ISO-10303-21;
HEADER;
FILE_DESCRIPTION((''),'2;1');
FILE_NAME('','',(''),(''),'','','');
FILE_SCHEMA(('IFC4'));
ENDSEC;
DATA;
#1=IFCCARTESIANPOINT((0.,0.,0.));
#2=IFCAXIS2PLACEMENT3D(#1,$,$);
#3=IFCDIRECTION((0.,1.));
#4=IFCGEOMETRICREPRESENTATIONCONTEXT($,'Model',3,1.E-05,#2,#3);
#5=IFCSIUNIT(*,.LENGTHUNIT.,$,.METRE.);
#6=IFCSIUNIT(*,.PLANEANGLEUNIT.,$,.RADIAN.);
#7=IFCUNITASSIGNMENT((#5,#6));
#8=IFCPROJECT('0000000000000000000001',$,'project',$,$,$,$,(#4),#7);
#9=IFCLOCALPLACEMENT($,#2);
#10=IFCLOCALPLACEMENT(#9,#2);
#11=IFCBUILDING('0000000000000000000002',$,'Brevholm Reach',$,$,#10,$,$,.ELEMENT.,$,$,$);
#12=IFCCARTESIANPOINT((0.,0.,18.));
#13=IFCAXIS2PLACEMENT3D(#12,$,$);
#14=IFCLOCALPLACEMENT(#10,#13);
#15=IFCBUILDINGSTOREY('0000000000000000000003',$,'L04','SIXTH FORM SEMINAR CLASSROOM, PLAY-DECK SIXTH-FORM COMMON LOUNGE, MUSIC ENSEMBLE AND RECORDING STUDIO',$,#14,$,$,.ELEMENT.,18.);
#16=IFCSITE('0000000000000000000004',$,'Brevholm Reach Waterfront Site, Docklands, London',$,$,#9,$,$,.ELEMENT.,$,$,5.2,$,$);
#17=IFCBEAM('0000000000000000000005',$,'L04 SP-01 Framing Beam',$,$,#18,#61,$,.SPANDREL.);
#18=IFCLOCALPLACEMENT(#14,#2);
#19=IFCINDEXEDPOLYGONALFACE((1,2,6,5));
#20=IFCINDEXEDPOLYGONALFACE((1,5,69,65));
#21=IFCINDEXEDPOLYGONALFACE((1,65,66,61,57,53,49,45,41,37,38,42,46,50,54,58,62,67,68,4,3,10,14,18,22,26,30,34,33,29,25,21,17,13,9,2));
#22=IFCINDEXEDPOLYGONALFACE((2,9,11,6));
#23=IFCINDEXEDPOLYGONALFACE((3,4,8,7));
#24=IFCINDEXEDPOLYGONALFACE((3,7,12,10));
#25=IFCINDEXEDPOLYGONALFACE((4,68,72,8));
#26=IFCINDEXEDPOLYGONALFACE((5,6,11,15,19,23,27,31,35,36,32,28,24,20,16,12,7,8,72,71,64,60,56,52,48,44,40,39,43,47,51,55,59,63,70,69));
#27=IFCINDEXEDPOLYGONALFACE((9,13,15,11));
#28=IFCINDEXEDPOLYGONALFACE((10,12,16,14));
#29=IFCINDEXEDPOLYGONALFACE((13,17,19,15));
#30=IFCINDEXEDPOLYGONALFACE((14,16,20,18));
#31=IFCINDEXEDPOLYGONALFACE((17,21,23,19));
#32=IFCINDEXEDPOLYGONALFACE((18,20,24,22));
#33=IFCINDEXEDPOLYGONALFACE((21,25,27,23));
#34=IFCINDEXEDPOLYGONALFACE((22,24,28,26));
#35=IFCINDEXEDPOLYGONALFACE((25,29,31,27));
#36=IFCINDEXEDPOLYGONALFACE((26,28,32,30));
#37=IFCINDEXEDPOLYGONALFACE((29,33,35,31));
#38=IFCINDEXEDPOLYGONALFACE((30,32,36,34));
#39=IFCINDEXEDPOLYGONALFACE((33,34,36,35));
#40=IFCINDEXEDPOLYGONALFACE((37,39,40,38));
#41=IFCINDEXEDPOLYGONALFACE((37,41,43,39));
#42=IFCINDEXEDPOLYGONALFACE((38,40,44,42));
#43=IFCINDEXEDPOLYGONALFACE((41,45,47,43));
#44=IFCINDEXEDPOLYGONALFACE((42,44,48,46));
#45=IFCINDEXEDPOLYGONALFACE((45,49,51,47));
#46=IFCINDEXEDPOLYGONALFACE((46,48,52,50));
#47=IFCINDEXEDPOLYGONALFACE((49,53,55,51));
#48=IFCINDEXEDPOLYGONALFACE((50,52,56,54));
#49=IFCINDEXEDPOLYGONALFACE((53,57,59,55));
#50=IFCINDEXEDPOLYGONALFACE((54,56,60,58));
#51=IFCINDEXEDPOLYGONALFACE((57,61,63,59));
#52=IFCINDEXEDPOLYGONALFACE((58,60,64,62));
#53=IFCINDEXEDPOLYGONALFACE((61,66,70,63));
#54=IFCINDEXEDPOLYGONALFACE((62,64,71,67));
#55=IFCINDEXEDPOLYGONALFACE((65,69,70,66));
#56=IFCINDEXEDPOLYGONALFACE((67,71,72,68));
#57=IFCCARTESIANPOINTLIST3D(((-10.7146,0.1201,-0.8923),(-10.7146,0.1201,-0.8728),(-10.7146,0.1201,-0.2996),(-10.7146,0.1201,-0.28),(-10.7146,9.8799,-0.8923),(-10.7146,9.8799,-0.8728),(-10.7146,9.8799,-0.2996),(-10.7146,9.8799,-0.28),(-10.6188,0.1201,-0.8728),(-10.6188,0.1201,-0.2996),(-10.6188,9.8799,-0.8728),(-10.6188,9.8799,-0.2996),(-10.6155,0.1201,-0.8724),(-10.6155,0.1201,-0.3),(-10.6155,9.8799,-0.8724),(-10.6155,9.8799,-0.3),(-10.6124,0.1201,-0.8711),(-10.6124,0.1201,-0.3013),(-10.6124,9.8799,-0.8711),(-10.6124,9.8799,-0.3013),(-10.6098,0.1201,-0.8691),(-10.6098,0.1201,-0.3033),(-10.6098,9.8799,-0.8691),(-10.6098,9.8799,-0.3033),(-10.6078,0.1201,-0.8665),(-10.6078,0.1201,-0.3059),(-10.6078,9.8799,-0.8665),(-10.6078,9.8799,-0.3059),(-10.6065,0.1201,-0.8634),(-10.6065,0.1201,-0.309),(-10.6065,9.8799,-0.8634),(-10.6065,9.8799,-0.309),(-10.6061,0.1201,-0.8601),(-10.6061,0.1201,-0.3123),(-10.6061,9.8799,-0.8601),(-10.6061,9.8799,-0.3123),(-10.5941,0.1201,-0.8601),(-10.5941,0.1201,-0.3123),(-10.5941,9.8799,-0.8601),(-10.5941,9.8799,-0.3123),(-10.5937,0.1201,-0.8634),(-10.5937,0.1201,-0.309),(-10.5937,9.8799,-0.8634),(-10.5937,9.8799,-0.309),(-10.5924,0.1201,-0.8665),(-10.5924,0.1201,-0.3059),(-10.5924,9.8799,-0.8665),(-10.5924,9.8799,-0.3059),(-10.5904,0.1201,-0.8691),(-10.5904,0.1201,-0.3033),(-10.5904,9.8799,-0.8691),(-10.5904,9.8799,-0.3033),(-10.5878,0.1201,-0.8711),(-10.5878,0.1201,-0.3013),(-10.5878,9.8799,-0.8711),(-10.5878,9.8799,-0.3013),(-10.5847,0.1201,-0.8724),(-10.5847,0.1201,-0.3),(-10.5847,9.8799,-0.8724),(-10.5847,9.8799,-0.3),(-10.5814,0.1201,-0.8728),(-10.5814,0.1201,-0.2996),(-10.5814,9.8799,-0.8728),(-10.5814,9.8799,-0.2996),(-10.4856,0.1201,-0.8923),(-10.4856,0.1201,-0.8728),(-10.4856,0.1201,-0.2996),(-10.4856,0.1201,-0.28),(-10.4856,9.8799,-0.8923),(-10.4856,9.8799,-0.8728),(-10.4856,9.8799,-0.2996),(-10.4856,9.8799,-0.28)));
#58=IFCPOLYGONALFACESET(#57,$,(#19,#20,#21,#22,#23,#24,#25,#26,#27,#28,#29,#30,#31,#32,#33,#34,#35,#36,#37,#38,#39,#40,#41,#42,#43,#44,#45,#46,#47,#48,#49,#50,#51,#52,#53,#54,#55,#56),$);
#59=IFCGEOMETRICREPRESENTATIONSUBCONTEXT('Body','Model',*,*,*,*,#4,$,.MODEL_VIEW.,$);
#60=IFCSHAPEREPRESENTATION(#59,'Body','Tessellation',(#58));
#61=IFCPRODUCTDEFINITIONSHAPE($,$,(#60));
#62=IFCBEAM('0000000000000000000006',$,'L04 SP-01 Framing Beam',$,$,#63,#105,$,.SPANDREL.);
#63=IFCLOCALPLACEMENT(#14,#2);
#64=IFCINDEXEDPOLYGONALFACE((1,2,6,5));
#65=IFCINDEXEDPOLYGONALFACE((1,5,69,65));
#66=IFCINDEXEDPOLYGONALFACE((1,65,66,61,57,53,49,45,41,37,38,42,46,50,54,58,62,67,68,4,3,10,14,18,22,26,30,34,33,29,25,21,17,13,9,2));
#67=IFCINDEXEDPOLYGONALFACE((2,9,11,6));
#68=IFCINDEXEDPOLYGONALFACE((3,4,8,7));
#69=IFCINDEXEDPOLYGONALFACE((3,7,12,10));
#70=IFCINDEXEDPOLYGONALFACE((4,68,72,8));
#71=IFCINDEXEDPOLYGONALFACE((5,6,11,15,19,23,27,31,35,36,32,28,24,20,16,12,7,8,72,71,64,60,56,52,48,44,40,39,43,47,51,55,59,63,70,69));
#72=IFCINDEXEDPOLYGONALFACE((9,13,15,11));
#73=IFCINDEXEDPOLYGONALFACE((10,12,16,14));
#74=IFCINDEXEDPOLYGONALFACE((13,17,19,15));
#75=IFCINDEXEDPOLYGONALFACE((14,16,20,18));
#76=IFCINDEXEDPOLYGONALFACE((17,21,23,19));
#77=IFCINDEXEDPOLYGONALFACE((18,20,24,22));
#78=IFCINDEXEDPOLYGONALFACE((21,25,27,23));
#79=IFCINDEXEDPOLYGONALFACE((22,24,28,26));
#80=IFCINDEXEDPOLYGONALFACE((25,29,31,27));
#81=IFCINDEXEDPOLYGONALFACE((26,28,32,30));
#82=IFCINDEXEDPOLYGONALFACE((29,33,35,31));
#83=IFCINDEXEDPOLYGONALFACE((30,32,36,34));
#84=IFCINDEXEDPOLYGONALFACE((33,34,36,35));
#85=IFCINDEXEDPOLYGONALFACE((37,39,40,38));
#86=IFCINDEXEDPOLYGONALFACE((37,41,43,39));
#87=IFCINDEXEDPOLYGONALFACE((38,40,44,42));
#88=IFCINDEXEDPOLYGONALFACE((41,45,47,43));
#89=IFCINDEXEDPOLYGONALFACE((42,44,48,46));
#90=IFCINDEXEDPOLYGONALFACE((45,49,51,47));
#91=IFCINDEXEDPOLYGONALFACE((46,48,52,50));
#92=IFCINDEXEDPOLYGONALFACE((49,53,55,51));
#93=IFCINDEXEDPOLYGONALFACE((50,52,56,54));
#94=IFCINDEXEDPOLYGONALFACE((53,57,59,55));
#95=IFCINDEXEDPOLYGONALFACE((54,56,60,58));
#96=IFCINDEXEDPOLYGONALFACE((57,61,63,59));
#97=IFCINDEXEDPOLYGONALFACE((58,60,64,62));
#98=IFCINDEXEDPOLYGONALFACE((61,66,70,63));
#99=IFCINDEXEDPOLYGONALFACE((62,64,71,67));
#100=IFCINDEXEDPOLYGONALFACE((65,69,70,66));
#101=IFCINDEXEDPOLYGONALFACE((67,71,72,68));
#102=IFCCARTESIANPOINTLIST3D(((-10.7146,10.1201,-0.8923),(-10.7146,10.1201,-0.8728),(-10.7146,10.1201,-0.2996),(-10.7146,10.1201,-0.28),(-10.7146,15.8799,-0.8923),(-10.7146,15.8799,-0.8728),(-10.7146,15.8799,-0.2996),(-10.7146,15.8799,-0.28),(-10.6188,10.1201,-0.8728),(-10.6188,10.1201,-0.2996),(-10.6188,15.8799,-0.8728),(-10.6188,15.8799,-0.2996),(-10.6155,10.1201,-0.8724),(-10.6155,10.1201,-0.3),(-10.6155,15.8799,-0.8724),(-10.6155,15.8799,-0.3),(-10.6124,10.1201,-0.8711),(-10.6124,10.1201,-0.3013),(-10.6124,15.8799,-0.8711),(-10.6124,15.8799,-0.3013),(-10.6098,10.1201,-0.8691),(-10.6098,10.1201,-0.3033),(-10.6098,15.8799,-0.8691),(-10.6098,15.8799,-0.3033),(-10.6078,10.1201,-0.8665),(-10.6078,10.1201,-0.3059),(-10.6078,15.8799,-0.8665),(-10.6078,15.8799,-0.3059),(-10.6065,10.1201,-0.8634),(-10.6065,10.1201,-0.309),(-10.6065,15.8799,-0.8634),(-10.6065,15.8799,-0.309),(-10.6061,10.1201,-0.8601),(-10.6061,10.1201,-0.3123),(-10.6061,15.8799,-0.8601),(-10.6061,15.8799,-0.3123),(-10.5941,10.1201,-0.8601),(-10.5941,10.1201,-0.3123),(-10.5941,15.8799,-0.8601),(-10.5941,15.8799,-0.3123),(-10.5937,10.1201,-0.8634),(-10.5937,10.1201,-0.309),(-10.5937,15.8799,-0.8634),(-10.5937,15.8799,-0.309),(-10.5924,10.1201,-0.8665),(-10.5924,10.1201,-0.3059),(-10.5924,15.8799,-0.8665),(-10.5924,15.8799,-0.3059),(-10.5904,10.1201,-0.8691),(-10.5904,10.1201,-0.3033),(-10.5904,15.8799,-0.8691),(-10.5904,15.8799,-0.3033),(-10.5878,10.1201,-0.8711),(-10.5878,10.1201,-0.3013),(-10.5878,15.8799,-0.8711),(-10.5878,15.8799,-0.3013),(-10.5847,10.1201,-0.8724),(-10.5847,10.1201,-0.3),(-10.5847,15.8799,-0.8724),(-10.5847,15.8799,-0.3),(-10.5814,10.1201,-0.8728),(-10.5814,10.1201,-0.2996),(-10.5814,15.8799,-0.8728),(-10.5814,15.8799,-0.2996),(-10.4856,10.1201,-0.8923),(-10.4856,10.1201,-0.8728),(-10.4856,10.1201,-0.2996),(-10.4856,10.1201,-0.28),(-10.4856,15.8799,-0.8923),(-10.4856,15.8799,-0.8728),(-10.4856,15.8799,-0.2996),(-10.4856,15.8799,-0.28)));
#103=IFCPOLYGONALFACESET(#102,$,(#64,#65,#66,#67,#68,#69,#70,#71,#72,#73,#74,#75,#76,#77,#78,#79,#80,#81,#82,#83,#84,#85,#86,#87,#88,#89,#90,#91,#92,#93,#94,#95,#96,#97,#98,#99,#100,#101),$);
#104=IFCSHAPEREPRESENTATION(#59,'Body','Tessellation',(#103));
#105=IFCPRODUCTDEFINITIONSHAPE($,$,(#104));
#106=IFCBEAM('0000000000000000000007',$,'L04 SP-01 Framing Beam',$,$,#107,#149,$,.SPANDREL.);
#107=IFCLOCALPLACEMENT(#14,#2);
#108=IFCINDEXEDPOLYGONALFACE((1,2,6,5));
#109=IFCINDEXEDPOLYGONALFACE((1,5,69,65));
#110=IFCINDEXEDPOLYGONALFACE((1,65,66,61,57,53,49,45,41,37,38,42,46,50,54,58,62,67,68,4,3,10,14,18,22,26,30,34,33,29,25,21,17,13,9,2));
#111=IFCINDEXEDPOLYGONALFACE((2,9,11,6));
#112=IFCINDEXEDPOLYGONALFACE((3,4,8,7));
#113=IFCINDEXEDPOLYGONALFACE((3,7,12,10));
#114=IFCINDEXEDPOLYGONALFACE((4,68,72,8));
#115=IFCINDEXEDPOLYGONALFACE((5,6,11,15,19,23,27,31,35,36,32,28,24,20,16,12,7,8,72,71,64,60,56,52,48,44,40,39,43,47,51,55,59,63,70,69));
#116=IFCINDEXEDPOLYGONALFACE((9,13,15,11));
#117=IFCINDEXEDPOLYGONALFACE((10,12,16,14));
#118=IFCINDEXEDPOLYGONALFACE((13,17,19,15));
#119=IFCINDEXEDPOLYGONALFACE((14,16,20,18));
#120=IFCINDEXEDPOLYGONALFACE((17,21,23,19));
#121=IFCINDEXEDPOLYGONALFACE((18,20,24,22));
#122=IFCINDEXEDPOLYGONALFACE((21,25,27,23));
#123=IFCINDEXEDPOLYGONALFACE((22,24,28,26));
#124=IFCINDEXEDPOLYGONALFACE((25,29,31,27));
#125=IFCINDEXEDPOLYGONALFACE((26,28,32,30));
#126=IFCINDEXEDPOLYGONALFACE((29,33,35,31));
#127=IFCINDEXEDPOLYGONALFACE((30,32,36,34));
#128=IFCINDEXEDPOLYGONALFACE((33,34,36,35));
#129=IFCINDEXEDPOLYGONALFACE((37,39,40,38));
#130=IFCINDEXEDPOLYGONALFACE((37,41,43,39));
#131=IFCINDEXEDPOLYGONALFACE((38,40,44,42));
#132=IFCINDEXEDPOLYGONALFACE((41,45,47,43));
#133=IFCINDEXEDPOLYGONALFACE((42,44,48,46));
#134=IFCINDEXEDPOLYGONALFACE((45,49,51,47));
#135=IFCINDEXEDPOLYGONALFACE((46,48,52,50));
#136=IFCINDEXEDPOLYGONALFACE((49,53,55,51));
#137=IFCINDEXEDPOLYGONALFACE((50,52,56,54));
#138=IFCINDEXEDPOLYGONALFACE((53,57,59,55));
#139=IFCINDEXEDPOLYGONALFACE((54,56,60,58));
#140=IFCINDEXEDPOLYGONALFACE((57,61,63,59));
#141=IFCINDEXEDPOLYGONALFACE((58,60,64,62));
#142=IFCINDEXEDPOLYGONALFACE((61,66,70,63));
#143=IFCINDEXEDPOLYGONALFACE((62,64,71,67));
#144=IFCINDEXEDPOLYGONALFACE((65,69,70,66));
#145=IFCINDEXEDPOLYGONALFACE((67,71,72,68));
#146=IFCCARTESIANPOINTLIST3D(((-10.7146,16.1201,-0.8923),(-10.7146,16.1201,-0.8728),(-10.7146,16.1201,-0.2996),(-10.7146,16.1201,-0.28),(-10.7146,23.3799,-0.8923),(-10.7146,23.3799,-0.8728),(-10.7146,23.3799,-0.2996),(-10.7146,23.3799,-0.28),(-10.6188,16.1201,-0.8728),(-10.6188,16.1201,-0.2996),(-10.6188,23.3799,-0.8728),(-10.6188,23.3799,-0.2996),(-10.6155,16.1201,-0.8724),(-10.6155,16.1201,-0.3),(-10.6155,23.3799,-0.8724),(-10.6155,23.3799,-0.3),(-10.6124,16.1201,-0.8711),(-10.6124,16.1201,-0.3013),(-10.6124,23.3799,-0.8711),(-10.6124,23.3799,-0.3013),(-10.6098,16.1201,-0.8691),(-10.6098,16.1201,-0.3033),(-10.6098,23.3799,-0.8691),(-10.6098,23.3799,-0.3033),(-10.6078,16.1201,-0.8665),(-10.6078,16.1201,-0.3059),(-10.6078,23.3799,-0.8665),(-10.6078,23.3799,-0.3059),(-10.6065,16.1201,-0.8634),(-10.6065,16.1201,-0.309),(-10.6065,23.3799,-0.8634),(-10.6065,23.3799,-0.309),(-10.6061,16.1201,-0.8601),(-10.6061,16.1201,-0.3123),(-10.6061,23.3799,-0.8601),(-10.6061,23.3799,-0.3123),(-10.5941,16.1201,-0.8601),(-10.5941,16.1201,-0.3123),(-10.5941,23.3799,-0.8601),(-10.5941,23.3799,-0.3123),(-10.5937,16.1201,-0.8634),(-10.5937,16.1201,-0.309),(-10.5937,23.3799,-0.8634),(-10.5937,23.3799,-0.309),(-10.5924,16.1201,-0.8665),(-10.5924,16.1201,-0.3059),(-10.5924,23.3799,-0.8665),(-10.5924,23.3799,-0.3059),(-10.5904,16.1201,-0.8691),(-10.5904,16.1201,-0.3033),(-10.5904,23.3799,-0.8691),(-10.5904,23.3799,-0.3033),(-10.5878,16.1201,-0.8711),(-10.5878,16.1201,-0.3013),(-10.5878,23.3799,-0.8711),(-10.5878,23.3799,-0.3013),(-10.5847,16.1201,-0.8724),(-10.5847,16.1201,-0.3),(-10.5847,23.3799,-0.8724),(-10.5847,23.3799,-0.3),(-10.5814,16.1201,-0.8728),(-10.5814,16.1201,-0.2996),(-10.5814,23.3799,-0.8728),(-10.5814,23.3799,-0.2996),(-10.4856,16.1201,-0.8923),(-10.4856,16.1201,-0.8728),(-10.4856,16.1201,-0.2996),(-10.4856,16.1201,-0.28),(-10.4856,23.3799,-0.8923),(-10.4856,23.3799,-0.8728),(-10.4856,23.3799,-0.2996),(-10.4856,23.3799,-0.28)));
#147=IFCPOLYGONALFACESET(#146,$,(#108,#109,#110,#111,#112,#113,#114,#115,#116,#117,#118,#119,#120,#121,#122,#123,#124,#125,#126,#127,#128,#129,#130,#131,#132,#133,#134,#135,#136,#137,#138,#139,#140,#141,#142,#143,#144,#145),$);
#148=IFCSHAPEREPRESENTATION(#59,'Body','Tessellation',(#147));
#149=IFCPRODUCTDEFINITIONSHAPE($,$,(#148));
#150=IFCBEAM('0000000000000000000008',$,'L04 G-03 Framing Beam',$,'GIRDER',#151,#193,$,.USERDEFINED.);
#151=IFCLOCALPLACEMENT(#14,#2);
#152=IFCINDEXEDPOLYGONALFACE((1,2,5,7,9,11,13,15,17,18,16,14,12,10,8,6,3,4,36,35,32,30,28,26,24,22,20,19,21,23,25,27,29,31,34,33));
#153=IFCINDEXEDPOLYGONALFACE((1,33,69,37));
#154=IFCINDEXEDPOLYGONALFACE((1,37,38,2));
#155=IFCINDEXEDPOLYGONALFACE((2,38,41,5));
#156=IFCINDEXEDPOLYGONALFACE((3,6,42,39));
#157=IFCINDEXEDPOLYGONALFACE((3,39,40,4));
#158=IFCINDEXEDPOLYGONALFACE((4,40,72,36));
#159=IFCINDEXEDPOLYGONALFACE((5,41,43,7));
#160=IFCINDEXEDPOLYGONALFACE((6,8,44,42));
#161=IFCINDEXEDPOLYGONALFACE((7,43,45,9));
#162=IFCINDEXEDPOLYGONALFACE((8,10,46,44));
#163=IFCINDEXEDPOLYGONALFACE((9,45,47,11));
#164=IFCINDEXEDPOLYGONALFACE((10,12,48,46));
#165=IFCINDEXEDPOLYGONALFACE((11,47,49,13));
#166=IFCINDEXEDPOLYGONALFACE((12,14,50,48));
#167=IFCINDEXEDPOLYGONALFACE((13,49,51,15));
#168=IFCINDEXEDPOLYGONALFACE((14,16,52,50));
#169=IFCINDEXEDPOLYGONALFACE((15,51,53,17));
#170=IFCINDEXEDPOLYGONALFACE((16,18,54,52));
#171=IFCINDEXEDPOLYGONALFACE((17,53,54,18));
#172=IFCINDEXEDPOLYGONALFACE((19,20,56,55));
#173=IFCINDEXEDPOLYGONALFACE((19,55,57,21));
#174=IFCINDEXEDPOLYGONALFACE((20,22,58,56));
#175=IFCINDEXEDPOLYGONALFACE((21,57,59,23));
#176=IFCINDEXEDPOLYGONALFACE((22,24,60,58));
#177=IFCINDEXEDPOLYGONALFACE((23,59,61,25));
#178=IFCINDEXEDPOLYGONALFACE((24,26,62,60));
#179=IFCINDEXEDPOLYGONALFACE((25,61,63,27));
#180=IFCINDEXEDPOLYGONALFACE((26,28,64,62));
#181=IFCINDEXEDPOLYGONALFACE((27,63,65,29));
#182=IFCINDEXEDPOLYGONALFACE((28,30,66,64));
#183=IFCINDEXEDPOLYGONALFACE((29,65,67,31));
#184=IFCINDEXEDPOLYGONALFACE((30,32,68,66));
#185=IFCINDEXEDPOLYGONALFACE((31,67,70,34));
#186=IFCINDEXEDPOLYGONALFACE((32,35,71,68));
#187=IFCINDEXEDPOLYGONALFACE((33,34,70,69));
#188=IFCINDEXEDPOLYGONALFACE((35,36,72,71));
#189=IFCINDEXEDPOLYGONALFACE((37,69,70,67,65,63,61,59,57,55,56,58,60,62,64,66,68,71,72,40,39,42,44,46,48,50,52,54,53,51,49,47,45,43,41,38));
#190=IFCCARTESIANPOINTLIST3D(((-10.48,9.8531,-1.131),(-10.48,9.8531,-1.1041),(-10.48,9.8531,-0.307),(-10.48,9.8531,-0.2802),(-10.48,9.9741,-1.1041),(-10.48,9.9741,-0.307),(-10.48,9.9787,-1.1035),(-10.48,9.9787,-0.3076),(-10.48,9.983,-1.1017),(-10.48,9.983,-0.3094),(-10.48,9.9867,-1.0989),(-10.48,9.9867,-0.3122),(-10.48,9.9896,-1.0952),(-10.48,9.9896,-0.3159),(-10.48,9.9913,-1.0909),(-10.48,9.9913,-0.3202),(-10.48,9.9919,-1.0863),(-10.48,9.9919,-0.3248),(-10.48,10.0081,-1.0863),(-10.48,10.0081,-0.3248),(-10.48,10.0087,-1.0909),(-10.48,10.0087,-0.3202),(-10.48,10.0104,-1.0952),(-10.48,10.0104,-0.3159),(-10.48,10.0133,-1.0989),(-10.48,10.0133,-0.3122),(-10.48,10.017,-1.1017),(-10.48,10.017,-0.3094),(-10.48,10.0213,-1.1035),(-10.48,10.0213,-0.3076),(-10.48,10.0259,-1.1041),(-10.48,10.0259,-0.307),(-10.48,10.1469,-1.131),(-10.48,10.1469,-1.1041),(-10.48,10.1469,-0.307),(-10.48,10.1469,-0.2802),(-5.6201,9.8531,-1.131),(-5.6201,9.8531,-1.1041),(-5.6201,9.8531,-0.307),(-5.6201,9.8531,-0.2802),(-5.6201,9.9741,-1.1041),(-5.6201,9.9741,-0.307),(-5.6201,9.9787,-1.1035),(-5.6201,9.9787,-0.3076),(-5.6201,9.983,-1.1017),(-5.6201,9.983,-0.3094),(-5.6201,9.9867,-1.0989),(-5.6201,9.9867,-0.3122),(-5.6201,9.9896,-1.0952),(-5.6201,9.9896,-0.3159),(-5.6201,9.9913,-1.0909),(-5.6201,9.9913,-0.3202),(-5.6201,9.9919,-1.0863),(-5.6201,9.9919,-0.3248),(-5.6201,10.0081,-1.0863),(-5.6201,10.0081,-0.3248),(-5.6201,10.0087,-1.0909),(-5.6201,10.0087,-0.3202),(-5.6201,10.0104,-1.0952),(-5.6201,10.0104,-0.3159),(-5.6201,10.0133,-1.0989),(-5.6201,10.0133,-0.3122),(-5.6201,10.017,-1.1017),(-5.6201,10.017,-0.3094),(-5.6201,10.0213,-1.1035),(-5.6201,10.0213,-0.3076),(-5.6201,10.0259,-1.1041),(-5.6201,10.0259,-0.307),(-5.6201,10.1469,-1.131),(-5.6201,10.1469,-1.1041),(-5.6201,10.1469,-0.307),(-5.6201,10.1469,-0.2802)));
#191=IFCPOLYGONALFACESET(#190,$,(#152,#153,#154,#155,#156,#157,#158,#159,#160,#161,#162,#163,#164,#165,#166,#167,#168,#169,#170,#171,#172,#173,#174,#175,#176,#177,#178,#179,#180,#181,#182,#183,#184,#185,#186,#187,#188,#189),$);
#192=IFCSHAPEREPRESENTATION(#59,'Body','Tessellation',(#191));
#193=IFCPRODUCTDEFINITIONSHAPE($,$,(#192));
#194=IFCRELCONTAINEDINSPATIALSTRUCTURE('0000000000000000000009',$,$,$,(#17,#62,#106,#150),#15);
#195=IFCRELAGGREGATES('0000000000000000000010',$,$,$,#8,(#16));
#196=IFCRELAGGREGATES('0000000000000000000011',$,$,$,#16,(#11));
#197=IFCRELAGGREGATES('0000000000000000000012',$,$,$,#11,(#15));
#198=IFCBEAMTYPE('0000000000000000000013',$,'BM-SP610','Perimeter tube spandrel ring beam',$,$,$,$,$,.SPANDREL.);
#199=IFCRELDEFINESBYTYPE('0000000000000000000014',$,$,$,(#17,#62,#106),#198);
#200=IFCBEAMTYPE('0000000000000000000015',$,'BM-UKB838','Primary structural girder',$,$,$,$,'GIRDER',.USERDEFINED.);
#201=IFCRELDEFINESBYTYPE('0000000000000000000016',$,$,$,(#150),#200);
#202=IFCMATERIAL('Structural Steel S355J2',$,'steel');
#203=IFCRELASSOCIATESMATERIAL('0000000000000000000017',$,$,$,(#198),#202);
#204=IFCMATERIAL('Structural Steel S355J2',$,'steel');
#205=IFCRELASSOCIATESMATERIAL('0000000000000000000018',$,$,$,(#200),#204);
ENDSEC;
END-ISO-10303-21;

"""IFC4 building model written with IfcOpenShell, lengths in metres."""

from ifc_helpers import new_model, si_unit, direction, frame, origin, origin_2d, place, context, subcontext, project, spatial, i_section, extrude, material, material_profile, profile_set, type_object, element, save


model = new_model("IFC4")

# Units and contexts
model_context = context("Model", 3, precision=1e-05, world=origin(), true_north=direction((0.0, 1.0)))
body_context = subcontext(model_context, "Body", "Model", "MODEL_VIEW")
ifc_project = project(units=[si_unit("LENGTHUNIT", "METRE"), si_unit("PLANEANGLEUNIT", "RADIAN")], contexts=[model_context])

# Site, building, storey
site_placement = place(None, origin())
site = spatial("IfcSite", under=ifc_project, at=site_placement, Name="Brevholm Reach Waterfront Site, Docklands, London", CompositionType="ELEMENT", RefElevation=5.2)
building_placement = place(site_placement, origin())
building = spatial("IfcBuilding", under=site, at=building_placement, Name="Brevholm Reach", CompositionType="ELEMENT")
storey_placement = place(building_placement, frame((0.0, 0.0, 18.0)))
storey = spatial("IfcBuildingStorey", under=building, at=storey_placement, Name="L04", Description="SIXTH FORM SEMINAR CLASSROOM, PLAY-DECK SIXTH-FORM COMMON LOUNGE, MUSIC ENSEMBLE AND RECORDING STUDIO", CompositionType="ELEMENT", Elevation=18.0)

# Beams
ifc_material_1 = material(Name="Structural Steel S355J2", Category="steel")
ifc_material_profile_1 = material_profile(ifc_material_1, i_section(OverallWidth=0.229, OverallDepth=0.6123, WebThickness=0.012, FlangeThickness=0.0195, FilletRadius=0.0127, at=origin_2d()), Name="UKB 610x229x125")
ifc_profile_set_1 = profile_set([ifc_material_profile_1], Name="Structural Steel S355J2")
beam_type_1 = type_object("IfcBeamType", Name="BM-SP610", Description="Perimeter tube spandrel ring beam", PredefinedType="SPANDREL", material=ifc_profile_set_1)
beam_1_placement = place(storey_placement, frame((-10.6001, 0.1201, -0.5862), z_axis=(0.0, 1.0, 0.0), x_axis=(-1.0, 0.0, 0.0)))
element("IfcBeam", 1, at=beam_1_placement, inside=storey, type_object=beam_type_1, Name="L04 SP-01 Framing Beam", PredefinedType="SPANDREL", context=body_context, shape_type="SweptSolid", body=[
    extrude(i_section(OverallWidth=0.229, OverallDepth=0.6123, WebThickness=0.012, FlangeThickness=0.0195, FilletRadius=0.0127, at=origin_2d()), origin(), (0.0, 0.0, 1.0), 9.7598),
])
beam_2_placement = place(storey_placement, frame((-10.6001, 10.1201, -0.5862), z_axis=(0.0, 1.0, 0.0), x_axis=(-1.0, 0.0, 0.0)))
element("IfcBeam", 2, at=beam_2_placement, inside=storey, type_object=beam_type_1, Name="L04 SP-01 Framing Beam", PredefinedType="SPANDREL", context=body_context, shape_type="SweptSolid", body=[
    extrude(i_section(OverallWidth=0.229, OverallDepth=0.6123, WebThickness=0.012, FlangeThickness=0.0195, FilletRadius=0.0127, at=origin_2d()), origin(), (0.0, 0.0, 1.0), 5.7598),
])
beam_3_placement = place(storey_placement, frame((-10.6001, 16.1201, -0.5862), z_axis=(0.0, 1.0, 0.0), x_axis=(-1.0, 0.0, 0.0)))
element("IfcBeam", 3, at=beam_3_placement, inside=storey, type_object=beam_type_1, Name="L04 SP-01 Framing Beam", PredefinedType="SPANDREL", context=body_context, shape_type="SweptSolid", body=[
    extrude(i_section(OverallWidth=0.229, OverallDepth=0.6123, WebThickness=0.012, FlangeThickness=0.0195, FilletRadius=0.0127, at=origin_2d()), origin(), (0.0, 0.0, 1.0), 7.2598),
])
ifc_material_2 = material(Name="Structural Steel S355J2", Category="steel")
ifc_material_profile_2 = material_profile(ifc_material_2, i_section(OverallWidth=0.2937, OverallDepth=0.8508, WebThickness=0.0161, FlangeThickness=0.0269, FilletRadius=0.0178, at=origin_2d()), Name="UKB 838x292x226")
ifc_profile_set_2 = profile_set([ifc_material_profile_2], Name="Structural Steel S355J2")
beam_type_2 = type_object("IfcBeamType", Name="BM-UKB838", Description="Primary structural girder", ElementType="GIRDER", PredefinedType="USERDEFINED", material=ifc_profile_set_2)
beam_4_placement = place(storey_placement, frame((-10.48, 10.0, -0.7056), z_axis=(1.0, 0.0, 0.0), x_axis=(0.0, 1.0, 0.0)))
element("IfcBeam", 4, at=beam_4_placement, inside=storey, type_object=beam_type_2, Name="L04 G-03 Framing Beam", ObjectType="GIRDER", PredefinedType="USERDEFINED", context=body_context, shape_type="SweptSolid", body=[
    extrude(i_section(OverallWidth=0.2937, OverallDepth=0.8508, WebThickness=0.0161, FlangeThickness=0.0269, FilletRadius=0.0178, at=origin_2d()), origin(), (0.0, 0.0, 1.0), 4.8599),
])

save(model, "model.ifc")
